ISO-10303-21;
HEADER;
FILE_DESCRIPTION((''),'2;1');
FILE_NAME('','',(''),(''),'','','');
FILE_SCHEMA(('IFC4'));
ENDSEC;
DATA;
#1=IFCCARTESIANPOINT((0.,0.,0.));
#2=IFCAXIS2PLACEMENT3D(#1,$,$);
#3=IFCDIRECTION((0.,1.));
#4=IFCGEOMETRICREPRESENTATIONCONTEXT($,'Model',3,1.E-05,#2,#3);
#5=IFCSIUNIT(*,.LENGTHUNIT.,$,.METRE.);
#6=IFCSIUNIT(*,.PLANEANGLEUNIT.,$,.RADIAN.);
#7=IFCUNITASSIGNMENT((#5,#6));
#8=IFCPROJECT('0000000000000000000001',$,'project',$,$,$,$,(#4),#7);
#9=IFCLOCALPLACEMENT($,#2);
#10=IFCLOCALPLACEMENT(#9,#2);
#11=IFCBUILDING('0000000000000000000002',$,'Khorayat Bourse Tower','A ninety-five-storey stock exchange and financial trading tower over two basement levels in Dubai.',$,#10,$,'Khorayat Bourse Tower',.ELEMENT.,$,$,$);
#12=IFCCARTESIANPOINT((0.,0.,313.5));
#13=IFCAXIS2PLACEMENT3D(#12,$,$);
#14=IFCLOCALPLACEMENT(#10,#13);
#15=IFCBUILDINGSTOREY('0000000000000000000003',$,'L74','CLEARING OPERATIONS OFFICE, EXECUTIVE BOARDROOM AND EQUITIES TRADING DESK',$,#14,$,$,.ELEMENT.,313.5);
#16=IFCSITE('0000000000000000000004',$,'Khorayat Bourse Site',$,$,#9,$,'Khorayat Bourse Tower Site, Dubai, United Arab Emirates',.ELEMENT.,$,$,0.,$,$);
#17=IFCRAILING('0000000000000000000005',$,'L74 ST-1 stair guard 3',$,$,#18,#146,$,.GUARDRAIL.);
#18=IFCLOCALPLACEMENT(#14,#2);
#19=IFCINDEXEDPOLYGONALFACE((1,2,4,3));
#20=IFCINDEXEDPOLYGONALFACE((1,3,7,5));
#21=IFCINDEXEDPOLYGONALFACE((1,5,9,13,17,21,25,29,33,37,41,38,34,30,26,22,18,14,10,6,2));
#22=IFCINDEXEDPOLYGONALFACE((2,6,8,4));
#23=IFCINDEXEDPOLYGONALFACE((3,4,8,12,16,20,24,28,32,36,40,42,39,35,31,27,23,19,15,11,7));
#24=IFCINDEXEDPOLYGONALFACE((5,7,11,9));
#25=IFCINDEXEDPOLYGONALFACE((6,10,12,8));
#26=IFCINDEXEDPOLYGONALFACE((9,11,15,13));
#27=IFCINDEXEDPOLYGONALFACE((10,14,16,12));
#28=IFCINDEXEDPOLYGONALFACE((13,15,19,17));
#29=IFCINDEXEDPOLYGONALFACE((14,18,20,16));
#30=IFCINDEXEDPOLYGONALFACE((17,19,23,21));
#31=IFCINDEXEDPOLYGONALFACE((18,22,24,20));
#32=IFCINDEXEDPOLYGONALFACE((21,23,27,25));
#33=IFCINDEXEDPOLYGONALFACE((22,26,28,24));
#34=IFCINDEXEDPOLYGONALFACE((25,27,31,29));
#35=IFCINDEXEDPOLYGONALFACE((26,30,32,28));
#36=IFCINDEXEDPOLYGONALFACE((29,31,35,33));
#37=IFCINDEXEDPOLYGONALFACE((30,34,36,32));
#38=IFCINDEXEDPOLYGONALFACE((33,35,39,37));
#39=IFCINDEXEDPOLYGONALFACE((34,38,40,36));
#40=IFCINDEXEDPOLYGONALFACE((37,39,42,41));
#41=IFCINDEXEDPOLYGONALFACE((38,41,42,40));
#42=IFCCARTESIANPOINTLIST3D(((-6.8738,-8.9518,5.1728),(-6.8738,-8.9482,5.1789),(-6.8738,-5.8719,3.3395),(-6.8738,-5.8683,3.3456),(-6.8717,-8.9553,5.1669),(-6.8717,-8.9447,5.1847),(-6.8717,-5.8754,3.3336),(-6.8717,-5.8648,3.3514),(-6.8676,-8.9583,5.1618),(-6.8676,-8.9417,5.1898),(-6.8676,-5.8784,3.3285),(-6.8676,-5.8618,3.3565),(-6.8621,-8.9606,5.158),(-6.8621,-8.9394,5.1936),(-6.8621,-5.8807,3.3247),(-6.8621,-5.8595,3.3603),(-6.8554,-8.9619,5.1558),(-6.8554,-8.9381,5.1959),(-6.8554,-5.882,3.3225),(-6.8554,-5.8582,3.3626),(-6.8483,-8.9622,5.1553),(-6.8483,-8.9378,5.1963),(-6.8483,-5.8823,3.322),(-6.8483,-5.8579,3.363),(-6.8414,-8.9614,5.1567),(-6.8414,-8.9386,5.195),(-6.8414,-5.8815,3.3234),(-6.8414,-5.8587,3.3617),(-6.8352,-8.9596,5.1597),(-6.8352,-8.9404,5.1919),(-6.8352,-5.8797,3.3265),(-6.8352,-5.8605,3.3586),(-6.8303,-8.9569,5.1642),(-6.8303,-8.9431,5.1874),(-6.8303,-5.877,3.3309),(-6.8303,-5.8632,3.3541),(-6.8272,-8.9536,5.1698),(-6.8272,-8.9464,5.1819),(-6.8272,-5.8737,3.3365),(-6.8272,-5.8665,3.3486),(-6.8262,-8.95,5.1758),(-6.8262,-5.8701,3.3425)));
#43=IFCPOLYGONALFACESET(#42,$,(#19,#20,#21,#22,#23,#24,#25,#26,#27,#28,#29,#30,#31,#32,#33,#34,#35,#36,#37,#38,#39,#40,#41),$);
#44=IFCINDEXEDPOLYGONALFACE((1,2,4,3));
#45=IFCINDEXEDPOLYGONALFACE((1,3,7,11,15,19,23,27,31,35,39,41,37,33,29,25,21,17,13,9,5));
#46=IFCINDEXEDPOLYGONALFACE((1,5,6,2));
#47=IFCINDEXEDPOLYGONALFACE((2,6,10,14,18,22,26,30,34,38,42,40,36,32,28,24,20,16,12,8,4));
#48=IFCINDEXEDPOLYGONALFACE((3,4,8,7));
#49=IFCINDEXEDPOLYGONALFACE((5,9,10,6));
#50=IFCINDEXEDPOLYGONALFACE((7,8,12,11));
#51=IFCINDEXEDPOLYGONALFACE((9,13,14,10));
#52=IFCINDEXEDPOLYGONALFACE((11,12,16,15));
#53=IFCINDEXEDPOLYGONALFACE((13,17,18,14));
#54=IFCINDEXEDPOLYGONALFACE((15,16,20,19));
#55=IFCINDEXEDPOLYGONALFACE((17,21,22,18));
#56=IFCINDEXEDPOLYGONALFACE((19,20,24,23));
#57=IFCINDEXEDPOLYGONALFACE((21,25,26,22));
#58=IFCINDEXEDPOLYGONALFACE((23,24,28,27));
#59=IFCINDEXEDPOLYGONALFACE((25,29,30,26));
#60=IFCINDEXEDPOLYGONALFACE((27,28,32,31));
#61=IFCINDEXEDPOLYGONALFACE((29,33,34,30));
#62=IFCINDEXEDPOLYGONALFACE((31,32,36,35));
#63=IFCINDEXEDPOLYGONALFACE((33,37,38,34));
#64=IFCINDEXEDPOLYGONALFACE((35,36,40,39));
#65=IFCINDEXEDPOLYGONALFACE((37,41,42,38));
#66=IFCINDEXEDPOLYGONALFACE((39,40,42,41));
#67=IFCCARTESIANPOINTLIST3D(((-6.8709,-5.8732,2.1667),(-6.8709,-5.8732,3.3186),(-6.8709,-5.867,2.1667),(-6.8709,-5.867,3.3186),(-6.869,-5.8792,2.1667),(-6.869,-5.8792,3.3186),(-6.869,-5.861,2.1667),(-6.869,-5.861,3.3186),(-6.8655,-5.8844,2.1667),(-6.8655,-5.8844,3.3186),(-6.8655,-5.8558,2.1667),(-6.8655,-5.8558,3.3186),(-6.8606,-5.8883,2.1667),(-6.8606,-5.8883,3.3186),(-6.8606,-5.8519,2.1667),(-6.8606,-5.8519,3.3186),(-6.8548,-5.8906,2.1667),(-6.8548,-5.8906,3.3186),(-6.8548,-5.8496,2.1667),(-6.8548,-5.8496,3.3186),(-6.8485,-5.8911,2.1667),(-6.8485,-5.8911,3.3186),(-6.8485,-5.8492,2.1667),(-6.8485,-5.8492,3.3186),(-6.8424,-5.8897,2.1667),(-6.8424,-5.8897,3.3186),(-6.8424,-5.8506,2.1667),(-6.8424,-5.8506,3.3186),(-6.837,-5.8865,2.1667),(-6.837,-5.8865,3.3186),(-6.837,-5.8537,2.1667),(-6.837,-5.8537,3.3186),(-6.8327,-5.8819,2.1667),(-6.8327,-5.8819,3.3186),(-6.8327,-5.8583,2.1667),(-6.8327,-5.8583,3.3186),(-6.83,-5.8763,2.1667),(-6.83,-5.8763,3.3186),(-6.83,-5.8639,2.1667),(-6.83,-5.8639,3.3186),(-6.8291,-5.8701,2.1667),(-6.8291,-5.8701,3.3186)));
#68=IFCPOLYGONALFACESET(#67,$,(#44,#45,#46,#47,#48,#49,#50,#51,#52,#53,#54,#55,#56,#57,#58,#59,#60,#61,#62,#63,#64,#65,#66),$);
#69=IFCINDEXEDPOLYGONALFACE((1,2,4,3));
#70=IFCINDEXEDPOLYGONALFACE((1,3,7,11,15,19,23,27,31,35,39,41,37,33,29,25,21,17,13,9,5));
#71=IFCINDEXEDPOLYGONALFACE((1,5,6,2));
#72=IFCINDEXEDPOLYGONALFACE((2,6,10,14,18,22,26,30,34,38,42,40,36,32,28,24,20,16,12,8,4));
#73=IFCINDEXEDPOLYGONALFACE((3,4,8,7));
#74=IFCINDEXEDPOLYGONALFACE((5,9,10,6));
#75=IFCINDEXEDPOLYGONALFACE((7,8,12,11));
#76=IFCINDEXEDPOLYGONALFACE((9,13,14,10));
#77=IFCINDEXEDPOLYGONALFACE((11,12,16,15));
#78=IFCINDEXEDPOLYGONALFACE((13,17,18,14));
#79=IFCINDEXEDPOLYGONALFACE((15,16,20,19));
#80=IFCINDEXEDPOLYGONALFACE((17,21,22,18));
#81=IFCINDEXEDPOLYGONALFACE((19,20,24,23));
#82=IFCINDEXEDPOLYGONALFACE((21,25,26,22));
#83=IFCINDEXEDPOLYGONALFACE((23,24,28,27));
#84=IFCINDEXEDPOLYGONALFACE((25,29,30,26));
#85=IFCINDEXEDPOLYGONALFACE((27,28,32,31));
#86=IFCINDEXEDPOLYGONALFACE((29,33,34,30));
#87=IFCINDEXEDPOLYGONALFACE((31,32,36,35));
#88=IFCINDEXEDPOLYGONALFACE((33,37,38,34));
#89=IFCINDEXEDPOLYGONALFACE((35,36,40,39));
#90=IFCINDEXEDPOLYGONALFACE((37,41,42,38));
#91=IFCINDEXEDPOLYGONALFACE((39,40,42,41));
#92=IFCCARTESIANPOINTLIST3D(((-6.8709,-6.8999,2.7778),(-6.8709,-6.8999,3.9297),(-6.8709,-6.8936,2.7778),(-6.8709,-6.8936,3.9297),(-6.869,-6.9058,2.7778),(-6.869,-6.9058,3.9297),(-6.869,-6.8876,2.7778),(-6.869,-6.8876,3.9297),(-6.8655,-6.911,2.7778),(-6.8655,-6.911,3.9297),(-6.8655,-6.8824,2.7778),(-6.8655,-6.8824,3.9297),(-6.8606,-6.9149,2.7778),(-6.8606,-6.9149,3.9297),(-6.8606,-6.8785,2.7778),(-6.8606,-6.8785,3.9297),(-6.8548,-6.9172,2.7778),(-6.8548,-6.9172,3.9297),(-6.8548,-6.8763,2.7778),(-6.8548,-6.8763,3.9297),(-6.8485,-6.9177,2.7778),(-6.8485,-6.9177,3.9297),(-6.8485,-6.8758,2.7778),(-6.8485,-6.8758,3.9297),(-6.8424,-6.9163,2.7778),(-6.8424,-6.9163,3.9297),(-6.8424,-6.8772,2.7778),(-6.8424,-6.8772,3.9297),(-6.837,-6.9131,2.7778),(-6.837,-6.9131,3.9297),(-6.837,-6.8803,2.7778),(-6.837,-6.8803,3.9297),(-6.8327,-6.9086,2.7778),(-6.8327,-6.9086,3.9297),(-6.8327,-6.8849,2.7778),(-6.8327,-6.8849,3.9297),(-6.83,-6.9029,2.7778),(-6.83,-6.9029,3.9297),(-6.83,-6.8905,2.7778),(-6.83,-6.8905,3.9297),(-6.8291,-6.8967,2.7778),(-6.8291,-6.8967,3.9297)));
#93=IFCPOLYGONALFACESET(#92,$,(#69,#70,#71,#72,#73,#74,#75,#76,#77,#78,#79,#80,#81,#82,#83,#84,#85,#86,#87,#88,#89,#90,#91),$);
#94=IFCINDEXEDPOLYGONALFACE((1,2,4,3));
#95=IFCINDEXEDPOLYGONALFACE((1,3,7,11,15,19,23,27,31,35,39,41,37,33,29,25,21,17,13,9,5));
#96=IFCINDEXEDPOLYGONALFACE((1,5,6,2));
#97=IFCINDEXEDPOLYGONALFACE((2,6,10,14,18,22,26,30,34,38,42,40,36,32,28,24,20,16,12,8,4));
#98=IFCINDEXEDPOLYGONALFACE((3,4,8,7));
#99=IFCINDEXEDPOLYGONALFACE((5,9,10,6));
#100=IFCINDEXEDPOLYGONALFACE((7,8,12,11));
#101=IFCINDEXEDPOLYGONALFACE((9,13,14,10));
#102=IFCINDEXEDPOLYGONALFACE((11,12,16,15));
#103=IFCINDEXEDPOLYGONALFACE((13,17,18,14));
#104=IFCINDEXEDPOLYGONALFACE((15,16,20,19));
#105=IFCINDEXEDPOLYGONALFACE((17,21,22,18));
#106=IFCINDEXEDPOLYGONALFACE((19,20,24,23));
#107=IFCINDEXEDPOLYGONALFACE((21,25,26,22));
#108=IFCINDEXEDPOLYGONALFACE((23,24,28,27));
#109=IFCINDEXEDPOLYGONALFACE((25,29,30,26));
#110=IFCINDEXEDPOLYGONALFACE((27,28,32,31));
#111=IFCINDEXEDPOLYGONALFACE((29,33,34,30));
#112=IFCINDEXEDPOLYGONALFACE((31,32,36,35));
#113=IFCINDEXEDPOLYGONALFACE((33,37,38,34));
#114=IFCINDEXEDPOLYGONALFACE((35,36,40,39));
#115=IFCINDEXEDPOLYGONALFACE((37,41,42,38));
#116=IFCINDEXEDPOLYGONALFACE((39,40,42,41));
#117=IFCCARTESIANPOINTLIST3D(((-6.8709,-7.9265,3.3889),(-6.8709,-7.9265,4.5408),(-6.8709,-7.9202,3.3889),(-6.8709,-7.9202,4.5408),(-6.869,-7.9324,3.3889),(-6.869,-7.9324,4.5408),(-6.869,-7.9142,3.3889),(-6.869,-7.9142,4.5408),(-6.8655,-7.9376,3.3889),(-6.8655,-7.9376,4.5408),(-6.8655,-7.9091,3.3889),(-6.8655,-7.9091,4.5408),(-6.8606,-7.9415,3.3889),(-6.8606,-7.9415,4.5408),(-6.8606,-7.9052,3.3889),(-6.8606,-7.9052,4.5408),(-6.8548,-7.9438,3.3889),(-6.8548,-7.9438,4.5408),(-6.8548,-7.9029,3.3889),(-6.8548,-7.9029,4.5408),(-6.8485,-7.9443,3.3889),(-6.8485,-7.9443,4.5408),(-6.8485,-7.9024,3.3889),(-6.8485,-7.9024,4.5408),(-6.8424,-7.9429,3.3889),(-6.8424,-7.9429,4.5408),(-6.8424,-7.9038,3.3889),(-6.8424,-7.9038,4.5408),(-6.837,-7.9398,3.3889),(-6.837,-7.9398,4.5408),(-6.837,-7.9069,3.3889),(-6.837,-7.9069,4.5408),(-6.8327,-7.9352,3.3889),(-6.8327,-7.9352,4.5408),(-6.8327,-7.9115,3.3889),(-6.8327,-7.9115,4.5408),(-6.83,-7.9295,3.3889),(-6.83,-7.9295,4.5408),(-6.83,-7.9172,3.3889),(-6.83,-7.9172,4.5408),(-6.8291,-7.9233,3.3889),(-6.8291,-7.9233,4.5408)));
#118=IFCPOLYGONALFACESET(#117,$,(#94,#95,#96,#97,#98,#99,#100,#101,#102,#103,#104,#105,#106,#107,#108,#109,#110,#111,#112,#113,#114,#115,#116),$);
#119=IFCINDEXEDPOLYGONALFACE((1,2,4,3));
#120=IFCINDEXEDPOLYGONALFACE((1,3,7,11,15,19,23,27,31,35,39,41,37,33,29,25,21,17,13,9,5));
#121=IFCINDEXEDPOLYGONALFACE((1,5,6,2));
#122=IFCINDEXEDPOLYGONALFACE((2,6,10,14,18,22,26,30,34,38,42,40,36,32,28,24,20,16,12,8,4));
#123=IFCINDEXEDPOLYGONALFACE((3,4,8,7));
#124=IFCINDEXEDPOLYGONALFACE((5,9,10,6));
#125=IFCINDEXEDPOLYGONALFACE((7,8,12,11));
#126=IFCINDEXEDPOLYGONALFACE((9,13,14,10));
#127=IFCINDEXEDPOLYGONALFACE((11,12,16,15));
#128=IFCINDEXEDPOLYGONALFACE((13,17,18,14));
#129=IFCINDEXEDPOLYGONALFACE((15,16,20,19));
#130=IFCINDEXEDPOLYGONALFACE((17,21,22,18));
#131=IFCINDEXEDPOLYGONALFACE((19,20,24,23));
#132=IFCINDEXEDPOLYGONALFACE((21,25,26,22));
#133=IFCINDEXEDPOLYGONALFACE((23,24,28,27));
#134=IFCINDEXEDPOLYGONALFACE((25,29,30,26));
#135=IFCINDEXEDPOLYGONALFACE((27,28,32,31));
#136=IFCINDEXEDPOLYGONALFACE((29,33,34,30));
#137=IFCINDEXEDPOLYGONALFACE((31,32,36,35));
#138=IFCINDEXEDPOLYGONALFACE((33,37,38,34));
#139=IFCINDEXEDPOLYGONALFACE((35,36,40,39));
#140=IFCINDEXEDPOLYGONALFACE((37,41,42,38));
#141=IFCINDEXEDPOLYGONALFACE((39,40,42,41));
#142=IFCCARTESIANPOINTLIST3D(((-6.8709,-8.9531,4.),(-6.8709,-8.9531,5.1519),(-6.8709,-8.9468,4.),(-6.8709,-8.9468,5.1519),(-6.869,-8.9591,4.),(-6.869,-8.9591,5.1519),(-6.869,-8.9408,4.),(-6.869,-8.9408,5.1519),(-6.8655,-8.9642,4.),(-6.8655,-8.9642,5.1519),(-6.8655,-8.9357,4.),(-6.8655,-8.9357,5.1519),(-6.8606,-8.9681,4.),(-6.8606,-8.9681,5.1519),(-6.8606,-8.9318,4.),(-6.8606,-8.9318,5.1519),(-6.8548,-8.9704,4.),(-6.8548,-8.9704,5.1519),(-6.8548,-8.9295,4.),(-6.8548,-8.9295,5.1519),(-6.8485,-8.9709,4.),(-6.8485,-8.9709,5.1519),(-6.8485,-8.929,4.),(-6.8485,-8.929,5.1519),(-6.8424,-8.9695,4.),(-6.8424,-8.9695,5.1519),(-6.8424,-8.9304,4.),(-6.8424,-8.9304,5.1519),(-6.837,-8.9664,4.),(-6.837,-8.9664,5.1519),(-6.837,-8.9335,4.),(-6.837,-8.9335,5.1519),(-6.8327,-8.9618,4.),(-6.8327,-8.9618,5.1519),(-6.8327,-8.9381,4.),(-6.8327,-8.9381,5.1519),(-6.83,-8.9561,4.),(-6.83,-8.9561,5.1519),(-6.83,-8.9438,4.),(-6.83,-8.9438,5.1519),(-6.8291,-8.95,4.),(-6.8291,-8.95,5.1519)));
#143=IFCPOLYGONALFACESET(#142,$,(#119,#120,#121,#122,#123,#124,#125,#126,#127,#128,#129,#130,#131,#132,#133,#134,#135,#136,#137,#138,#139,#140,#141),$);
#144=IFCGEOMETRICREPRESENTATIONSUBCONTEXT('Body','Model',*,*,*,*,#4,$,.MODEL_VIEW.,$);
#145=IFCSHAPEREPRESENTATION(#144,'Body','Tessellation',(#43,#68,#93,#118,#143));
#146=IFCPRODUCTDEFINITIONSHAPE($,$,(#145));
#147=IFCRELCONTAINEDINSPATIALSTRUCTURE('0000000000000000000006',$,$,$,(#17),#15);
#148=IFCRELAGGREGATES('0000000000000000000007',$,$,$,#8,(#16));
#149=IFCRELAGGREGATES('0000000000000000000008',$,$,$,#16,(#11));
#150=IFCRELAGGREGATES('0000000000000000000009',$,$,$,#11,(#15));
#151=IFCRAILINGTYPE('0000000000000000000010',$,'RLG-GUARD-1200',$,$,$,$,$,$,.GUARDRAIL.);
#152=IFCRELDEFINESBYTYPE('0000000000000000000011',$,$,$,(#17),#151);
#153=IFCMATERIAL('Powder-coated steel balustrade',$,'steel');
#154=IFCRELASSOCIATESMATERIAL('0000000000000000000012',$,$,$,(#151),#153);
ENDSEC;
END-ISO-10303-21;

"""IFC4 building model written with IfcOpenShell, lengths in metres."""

from ifc_helpers import new_model, si_unit, direction, frame, origin, origin_2d, place, context, subcontext, project, spatial, circle, extrude, source, transform, mapped, material, type_object, element, save


model = new_model("IFC4")

# Units and contexts
model_context = context("Model", 3, precision=1e-05, world=origin(), true_north=direction((0.0, 1.0)))
body_context = subcontext(model_context, "Body", "Model", "MODEL_VIEW")
ifc_project = project(units=[si_unit("LENGTHUNIT", "METRE"), si_unit("PLANEANGLEUNIT", "RADIAN")], contexts=[model_context])

# Site, building, storey
site_placement = place(None, origin())
site = spatial("IfcSite", under=ifc_project, at=site_placement, Name="Khorayat Bourse Site", LongName="Khorayat Bourse Tower Site, Dubai, United Arab Emirates", CompositionType="ELEMENT", RefElevation=0.0)
building_placement = place(site_placement, origin())
building = spatial("IfcBuilding", under=site, at=building_placement, Name="Khorayat Bourse Tower", Description="A ninety-five-storey stock exchange and financial trading tower over two basement levels in Dubai.", LongName="Khorayat Bourse Tower", CompositionType="ELEMENT")
storey_placement = place(building_placement, frame((0.0, 0.0, 313.5)))
storey = spatial("IfcBuildingStorey", under=building, at=storey_placement, Name="L74", Description="CLEARING OPERATIONS OFFICE, EXECUTIVE BOARDROOM AND EQUITIES TRADING DESK", CompositionType="ELEMENT", Elevation=313.5)

# Railing
ifc_material_1 = material(Name="Powder-coated steel balustrade", Category="steel")
railing_type_1 = type_object("IfcRailingType", Name="RLG-GUARD-1200", PredefinedType="GUARDRAIL", material=ifc_material_1)
shared_shape_1 = source(origin(), body_context, "Body", "SweptSolid", [
    extrude(circle(Radius=0.0239, at=origin_2d()), frame((0.0, 0.0, 1.1758), z_axis=(0.0, -0.859291, 0.511487), x_axis=(1.0, 0.0, 0.0)), (0.0, 0.0, 1.0), 3.5842),
    extrude(circle(Radius=0.021, at=origin_2d()), origin(), (0.0, 0.0, 1.0), 1.1519),
    extrude(circle(Radius=0.021, at=origin_2d()), frame((0.0, -1.0266, 0.6111)), (0.0, 0.0, 1.0), 1.1519),
    extrude(circle(Radius=0.021, at=origin_2d()), frame((0.0, -2.0532, 1.2222)), (0.0, 0.0, 1.0), 1.1519),
    extrude(circle(Radius=0.021, at=origin_2d()), frame((0.0, -3.0798, 1.8333)), (0.0, 0.0, 1.0), 1.1519),
])
railing_1_placement = place(storey_placement, frame((-6.8501, -5.8701, 2.1667)))
element("IfcRailing", 1, at=railing_1_placement, inside=storey, type_object=railing_type_1, Name="L74 ST-1 stair guard 3", PredefinedType="GUARDRAIL", context=body_context, shape_type="MappedRepresentation", body=[
    mapped(shared_shape_1, transform((0.0, 0.0, 0.0), scale=1.0)),
])

save(model, "model.ifc")
